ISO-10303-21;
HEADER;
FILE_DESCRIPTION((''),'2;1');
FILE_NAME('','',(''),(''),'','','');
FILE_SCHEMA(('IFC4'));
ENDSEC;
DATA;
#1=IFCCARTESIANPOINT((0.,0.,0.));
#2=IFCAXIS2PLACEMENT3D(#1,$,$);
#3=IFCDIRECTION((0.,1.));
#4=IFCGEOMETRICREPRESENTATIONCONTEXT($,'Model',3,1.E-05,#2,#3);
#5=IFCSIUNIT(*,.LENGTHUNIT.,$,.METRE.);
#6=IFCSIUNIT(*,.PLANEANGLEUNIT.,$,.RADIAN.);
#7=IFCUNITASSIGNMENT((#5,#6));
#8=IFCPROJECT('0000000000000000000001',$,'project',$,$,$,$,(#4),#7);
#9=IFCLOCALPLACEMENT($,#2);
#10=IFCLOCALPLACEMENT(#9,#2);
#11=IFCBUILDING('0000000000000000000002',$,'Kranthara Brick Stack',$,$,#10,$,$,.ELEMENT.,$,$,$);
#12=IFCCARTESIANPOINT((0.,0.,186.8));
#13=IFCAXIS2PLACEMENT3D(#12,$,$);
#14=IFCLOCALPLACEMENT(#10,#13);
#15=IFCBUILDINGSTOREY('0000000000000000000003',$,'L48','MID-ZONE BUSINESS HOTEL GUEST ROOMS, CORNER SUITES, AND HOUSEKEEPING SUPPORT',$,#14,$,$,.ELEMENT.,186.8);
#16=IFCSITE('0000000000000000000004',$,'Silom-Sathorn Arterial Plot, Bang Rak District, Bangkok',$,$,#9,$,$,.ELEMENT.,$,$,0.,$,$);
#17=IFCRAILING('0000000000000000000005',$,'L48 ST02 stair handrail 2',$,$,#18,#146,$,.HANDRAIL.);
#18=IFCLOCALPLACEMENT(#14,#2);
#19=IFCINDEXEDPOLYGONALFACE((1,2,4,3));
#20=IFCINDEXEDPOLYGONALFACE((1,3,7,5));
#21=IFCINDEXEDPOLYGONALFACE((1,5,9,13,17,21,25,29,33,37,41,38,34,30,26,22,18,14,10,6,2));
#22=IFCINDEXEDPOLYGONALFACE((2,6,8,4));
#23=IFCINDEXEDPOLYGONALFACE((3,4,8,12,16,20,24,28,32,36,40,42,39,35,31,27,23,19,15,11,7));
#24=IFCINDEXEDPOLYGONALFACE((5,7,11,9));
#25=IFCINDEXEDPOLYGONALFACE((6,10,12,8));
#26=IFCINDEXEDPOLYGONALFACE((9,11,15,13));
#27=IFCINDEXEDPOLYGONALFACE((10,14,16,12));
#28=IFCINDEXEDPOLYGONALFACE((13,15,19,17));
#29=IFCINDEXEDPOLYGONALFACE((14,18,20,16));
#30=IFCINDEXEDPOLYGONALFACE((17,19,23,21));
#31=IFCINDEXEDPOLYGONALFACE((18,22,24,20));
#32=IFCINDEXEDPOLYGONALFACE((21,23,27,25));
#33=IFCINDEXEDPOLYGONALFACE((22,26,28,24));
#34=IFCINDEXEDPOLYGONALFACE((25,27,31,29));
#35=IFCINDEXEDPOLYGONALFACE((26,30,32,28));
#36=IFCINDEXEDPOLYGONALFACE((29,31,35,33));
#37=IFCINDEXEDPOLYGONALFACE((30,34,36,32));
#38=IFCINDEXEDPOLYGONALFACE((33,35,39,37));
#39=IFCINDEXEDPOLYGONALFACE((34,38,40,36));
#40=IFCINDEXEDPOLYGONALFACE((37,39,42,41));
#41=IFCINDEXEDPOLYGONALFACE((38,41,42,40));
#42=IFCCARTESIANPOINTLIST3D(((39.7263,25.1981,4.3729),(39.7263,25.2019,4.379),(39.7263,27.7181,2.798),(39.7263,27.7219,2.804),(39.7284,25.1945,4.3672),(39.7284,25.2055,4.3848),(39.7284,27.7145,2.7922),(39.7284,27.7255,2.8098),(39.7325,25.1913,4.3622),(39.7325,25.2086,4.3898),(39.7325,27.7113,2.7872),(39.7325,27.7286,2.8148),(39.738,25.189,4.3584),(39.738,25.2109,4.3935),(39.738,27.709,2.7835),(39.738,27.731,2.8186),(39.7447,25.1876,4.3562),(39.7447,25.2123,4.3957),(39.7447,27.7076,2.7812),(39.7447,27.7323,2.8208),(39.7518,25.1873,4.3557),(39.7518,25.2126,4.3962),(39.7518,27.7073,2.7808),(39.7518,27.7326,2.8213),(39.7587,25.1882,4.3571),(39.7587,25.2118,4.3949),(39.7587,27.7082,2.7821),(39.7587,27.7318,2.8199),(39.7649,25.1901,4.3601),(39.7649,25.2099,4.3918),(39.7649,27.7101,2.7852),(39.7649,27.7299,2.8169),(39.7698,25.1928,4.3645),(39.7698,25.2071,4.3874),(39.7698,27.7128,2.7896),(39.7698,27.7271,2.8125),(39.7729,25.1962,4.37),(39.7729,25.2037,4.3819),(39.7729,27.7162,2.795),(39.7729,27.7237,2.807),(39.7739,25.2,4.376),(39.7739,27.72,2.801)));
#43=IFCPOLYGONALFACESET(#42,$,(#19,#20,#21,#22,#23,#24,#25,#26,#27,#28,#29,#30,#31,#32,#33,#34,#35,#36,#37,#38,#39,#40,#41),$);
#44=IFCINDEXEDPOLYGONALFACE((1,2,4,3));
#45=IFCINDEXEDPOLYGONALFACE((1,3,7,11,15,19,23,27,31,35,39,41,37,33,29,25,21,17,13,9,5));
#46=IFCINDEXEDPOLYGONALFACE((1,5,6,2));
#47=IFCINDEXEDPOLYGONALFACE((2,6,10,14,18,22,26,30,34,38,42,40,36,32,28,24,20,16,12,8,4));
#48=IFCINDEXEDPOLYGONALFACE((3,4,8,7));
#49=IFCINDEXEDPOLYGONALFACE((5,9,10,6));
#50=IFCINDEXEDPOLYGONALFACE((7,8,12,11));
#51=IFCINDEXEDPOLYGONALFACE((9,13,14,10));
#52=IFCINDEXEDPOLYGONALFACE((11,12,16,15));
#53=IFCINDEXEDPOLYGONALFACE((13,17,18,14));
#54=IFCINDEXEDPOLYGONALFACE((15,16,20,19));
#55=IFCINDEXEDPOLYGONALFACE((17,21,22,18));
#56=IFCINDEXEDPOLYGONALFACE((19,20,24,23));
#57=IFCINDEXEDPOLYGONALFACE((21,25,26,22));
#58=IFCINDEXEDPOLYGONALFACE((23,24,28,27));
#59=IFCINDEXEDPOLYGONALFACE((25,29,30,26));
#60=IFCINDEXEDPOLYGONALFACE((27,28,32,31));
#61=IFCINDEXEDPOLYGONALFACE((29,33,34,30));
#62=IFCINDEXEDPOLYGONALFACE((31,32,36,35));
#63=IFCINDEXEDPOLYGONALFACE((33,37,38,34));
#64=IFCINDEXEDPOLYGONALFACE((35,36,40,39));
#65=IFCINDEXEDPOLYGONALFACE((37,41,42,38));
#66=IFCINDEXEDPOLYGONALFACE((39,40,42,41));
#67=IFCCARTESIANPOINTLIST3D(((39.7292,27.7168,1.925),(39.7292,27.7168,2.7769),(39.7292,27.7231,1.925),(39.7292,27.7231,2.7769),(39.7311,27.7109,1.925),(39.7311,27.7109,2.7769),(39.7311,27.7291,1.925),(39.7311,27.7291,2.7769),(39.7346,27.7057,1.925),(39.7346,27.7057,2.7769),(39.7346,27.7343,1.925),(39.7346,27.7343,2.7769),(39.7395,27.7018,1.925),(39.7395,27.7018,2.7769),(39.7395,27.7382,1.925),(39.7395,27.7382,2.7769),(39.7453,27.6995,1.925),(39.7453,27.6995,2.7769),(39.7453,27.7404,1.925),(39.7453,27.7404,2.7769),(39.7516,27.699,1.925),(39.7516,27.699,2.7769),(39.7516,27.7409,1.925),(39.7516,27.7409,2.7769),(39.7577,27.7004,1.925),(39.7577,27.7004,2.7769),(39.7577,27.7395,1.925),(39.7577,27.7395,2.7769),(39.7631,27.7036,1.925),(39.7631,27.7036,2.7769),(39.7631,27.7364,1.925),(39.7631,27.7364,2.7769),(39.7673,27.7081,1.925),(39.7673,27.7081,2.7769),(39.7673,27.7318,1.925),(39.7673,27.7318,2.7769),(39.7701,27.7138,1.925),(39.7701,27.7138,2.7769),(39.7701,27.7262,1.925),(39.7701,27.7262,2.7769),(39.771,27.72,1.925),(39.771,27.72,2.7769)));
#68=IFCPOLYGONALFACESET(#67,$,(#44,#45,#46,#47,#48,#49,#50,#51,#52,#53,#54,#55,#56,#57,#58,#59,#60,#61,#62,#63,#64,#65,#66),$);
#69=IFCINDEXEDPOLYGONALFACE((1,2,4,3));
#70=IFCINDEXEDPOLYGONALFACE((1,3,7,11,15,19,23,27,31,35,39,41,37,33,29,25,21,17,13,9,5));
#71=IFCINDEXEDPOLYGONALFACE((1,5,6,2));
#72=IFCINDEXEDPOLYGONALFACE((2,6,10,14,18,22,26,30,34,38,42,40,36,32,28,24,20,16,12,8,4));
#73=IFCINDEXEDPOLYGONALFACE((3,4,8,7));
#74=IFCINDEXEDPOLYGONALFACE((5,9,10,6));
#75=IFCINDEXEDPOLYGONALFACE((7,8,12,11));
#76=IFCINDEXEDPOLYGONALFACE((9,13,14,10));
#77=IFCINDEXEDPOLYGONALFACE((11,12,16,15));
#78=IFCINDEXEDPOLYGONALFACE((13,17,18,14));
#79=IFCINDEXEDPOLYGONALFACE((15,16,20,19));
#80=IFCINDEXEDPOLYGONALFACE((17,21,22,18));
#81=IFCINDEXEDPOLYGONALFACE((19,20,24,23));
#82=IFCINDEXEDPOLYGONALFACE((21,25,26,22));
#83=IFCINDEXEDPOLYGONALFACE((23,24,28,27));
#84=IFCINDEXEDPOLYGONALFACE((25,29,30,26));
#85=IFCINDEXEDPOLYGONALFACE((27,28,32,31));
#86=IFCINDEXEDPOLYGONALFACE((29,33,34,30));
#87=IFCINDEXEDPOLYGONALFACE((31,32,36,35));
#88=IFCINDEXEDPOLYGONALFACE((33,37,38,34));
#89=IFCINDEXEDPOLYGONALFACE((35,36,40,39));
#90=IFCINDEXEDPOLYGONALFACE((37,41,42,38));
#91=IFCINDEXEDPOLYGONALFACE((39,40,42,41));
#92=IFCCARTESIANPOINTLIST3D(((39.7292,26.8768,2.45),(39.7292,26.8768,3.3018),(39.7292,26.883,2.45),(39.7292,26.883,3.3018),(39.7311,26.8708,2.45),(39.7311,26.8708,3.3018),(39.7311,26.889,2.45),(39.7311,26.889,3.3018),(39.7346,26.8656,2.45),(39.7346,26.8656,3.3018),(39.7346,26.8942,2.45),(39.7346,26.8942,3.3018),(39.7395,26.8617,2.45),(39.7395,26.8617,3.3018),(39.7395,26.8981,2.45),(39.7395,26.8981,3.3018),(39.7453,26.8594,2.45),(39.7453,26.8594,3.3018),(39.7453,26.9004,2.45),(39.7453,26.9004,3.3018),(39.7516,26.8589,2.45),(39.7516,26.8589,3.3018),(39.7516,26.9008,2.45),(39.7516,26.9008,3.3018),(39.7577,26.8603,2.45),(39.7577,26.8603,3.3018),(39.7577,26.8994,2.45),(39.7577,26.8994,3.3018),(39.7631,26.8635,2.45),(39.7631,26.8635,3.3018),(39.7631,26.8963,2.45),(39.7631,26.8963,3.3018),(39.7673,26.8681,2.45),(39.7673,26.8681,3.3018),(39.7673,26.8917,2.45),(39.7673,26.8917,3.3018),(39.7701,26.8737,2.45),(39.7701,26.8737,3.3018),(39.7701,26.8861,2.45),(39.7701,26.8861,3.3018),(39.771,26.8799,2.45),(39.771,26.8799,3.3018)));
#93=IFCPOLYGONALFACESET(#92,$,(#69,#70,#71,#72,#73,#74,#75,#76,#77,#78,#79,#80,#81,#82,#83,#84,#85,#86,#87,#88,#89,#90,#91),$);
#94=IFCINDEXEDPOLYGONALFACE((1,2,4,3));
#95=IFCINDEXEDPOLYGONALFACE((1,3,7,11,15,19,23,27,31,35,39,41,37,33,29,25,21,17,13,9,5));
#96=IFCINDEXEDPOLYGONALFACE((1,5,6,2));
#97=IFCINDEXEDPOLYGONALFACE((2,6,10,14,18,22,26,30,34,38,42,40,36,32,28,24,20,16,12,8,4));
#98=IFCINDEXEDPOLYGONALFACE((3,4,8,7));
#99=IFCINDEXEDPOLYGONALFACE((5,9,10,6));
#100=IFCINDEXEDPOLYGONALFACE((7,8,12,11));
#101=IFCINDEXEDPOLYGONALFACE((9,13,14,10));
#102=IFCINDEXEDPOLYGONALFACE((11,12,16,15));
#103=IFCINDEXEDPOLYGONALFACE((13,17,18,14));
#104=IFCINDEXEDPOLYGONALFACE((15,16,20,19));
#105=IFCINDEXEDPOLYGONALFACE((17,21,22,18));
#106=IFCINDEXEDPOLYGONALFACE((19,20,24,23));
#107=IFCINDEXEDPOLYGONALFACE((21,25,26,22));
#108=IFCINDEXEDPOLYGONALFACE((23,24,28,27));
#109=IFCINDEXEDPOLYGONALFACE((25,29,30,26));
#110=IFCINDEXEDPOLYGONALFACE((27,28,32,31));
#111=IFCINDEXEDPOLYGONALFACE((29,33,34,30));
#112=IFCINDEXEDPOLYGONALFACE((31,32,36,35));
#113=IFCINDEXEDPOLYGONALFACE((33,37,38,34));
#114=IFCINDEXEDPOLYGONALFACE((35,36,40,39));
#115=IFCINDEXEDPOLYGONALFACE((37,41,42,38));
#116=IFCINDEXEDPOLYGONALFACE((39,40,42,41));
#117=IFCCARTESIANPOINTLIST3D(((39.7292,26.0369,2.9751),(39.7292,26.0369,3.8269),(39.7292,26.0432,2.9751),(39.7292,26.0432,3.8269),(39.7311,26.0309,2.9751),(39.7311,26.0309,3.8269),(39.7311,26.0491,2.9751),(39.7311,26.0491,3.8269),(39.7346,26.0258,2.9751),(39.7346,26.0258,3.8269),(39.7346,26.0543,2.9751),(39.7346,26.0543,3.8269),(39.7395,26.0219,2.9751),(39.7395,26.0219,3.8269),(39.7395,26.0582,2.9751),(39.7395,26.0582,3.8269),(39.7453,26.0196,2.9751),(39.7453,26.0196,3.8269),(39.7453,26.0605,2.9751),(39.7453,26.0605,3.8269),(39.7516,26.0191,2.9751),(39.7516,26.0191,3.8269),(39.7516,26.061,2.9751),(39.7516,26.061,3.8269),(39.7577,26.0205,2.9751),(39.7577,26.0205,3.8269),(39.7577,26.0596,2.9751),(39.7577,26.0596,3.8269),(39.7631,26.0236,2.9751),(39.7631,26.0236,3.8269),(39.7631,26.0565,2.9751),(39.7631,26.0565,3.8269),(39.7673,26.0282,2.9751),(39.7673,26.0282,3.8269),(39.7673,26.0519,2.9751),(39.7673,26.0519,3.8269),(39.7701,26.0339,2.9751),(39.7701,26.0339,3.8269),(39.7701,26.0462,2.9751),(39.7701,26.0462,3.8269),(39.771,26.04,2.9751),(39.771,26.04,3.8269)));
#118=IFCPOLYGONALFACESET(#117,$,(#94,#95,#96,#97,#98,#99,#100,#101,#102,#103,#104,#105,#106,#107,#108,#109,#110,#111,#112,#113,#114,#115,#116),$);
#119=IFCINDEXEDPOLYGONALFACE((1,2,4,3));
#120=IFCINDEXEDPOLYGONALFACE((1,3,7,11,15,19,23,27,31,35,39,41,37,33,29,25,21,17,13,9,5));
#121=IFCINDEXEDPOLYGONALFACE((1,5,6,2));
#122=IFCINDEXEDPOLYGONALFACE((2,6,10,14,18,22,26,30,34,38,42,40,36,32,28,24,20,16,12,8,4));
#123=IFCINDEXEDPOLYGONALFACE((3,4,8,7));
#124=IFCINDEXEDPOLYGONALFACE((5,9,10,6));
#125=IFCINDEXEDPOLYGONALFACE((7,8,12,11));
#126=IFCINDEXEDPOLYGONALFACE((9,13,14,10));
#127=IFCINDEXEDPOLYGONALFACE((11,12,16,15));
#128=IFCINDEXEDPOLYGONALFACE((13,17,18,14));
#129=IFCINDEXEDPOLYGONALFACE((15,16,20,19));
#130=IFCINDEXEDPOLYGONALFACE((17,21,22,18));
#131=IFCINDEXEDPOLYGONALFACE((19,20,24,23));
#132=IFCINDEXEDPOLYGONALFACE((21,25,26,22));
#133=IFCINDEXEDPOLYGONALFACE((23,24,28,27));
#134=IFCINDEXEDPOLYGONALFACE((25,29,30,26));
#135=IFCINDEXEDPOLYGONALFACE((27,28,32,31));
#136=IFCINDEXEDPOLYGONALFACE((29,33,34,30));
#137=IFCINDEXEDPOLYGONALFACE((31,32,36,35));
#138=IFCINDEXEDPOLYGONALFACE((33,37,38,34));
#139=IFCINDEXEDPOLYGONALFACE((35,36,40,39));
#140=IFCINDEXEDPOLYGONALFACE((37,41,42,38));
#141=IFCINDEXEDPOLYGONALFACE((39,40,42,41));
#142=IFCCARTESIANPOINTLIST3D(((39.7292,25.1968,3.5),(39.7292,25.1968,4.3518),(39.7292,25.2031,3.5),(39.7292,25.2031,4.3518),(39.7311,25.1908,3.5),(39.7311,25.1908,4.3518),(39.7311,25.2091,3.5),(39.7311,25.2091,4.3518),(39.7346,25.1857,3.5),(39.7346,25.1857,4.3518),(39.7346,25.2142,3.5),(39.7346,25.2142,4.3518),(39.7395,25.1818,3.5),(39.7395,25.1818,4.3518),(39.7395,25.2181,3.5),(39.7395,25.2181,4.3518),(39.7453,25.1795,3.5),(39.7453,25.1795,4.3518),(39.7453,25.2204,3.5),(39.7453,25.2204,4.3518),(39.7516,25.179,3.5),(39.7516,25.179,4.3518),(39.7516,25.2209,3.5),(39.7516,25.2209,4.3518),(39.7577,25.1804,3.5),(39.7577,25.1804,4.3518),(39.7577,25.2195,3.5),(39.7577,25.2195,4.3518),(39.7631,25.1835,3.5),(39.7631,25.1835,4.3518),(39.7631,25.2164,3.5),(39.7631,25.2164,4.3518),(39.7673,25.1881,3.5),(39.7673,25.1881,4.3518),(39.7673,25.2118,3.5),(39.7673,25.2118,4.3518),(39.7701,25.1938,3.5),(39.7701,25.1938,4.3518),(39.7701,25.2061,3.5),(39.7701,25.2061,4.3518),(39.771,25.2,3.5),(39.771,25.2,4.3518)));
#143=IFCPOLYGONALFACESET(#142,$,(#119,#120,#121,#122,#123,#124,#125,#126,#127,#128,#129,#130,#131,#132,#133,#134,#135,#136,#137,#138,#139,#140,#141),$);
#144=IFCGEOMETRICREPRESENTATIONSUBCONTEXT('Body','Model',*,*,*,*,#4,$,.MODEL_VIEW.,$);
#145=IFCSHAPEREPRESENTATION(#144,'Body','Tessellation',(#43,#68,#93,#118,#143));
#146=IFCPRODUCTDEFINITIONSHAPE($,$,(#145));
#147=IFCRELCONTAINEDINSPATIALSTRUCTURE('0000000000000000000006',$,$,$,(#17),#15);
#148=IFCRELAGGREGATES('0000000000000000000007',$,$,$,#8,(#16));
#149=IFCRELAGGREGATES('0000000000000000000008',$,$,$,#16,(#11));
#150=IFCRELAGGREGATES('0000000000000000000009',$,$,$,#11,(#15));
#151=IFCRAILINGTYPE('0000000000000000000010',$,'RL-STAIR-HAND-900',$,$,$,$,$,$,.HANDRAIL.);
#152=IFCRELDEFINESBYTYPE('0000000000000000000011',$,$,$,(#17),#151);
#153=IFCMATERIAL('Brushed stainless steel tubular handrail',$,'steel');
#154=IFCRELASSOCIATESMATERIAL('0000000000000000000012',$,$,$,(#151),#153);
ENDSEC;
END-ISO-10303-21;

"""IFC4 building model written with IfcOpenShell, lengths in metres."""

from ifc_helpers import new_model, si_unit, direction, frame, origin, origin_2d, place, context, subcontext, project, spatial, circle, extrude, material, type_object, element, save


model = new_model("IFC4")

# Units and contexts
model_context = context("Model", 3, precision=1e-05, world=origin(), true_north=direction((0.0, 1.0)))
body_context = subcontext(model_context, "Body", "Model", "MODEL_VIEW")
ifc_project = project(units=[si_unit("LENGTHUNIT", "METRE"), si_unit("PLANEANGLEUNIT", "RADIAN")], contexts=[model_context])

# Site, building, storey
site_placement = place(None, origin())
site = spatial("IfcSite", under=ifc_project, at=site_placement, Name="Silom-Sathorn Arterial Plot, Bang Rak District, Bangkok", CompositionType="ELEMENT", RefElevation=0.0)
building_placement = place(site_placement, origin())
building = spatial("IfcBuilding", under=site, at=building_placement, Name="Kranthara Brick Stack", CompositionType="ELEMENT")
storey_placement = place(building_placement, frame((0.0, 0.0, 186.8)))
storey = spatial("IfcBuildingStorey", under=building, at=storey_placement, Name="L48", Description="MID-ZONE BUSINESS HOTEL GUEST ROOMS, CORNER SUITES, AND HOUSEKEEPING SUPPORT", CompositionType="ELEMENT", Elevation=186.8)

# Railing
ifc_material_1 = material(Name="Brushed stainless steel tubular handrail", Category="steel")
railing_type_1 = type_object("IfcRailingType", Name="RL-STAIR-HAND-900", PredefinedType="HANDRAIL", material=ifc_material_1)
railing_1_placement = place(storey_placement, frame((39.75, 27.72, 1.925)))
element("IfcRailing", 1, at=railing_1_placement, inside=storey, type_object=railing_type_1, Name="L48 ST02 stair handrail 2", PredefinedType="HANDRAIL", context=body_context, shape_type="SweptSolid", body=[
    extrude(circle(Radius=0.0239, at=origin_2d()), frame((0.0, 0.0, 0.876), z_axis=(0.0, -0.848008, 0.529984), x_axis=(1.0, 0.0, 0.0)), (0.0, 0.0, 1.0), 2.9717),
    extrude(circle(Radius=0.021, at=origin_2d()), origin(), (0.0, 0.0, 1.0), 0.8518),
    extrude(circle(Radius=0.021, at=origin_2d()), frame((0.0, -0.8401, 0.5249)), (0.0, 0.0, 1.0), 0.8518),
    extrude(circle(Radius=0.021, at=origin_2d()), frame((0.0, -1.6799, 1.05)), (0.0, 0.0, 1.0), 0.8518),
    extrude(circle(Radius=0.021, at=origin_2d()), frame((0.0, -2.52, 1.575)), (0.0, 0.0, 1.0), 0.8518),
])

save(model, "model.ifc")
